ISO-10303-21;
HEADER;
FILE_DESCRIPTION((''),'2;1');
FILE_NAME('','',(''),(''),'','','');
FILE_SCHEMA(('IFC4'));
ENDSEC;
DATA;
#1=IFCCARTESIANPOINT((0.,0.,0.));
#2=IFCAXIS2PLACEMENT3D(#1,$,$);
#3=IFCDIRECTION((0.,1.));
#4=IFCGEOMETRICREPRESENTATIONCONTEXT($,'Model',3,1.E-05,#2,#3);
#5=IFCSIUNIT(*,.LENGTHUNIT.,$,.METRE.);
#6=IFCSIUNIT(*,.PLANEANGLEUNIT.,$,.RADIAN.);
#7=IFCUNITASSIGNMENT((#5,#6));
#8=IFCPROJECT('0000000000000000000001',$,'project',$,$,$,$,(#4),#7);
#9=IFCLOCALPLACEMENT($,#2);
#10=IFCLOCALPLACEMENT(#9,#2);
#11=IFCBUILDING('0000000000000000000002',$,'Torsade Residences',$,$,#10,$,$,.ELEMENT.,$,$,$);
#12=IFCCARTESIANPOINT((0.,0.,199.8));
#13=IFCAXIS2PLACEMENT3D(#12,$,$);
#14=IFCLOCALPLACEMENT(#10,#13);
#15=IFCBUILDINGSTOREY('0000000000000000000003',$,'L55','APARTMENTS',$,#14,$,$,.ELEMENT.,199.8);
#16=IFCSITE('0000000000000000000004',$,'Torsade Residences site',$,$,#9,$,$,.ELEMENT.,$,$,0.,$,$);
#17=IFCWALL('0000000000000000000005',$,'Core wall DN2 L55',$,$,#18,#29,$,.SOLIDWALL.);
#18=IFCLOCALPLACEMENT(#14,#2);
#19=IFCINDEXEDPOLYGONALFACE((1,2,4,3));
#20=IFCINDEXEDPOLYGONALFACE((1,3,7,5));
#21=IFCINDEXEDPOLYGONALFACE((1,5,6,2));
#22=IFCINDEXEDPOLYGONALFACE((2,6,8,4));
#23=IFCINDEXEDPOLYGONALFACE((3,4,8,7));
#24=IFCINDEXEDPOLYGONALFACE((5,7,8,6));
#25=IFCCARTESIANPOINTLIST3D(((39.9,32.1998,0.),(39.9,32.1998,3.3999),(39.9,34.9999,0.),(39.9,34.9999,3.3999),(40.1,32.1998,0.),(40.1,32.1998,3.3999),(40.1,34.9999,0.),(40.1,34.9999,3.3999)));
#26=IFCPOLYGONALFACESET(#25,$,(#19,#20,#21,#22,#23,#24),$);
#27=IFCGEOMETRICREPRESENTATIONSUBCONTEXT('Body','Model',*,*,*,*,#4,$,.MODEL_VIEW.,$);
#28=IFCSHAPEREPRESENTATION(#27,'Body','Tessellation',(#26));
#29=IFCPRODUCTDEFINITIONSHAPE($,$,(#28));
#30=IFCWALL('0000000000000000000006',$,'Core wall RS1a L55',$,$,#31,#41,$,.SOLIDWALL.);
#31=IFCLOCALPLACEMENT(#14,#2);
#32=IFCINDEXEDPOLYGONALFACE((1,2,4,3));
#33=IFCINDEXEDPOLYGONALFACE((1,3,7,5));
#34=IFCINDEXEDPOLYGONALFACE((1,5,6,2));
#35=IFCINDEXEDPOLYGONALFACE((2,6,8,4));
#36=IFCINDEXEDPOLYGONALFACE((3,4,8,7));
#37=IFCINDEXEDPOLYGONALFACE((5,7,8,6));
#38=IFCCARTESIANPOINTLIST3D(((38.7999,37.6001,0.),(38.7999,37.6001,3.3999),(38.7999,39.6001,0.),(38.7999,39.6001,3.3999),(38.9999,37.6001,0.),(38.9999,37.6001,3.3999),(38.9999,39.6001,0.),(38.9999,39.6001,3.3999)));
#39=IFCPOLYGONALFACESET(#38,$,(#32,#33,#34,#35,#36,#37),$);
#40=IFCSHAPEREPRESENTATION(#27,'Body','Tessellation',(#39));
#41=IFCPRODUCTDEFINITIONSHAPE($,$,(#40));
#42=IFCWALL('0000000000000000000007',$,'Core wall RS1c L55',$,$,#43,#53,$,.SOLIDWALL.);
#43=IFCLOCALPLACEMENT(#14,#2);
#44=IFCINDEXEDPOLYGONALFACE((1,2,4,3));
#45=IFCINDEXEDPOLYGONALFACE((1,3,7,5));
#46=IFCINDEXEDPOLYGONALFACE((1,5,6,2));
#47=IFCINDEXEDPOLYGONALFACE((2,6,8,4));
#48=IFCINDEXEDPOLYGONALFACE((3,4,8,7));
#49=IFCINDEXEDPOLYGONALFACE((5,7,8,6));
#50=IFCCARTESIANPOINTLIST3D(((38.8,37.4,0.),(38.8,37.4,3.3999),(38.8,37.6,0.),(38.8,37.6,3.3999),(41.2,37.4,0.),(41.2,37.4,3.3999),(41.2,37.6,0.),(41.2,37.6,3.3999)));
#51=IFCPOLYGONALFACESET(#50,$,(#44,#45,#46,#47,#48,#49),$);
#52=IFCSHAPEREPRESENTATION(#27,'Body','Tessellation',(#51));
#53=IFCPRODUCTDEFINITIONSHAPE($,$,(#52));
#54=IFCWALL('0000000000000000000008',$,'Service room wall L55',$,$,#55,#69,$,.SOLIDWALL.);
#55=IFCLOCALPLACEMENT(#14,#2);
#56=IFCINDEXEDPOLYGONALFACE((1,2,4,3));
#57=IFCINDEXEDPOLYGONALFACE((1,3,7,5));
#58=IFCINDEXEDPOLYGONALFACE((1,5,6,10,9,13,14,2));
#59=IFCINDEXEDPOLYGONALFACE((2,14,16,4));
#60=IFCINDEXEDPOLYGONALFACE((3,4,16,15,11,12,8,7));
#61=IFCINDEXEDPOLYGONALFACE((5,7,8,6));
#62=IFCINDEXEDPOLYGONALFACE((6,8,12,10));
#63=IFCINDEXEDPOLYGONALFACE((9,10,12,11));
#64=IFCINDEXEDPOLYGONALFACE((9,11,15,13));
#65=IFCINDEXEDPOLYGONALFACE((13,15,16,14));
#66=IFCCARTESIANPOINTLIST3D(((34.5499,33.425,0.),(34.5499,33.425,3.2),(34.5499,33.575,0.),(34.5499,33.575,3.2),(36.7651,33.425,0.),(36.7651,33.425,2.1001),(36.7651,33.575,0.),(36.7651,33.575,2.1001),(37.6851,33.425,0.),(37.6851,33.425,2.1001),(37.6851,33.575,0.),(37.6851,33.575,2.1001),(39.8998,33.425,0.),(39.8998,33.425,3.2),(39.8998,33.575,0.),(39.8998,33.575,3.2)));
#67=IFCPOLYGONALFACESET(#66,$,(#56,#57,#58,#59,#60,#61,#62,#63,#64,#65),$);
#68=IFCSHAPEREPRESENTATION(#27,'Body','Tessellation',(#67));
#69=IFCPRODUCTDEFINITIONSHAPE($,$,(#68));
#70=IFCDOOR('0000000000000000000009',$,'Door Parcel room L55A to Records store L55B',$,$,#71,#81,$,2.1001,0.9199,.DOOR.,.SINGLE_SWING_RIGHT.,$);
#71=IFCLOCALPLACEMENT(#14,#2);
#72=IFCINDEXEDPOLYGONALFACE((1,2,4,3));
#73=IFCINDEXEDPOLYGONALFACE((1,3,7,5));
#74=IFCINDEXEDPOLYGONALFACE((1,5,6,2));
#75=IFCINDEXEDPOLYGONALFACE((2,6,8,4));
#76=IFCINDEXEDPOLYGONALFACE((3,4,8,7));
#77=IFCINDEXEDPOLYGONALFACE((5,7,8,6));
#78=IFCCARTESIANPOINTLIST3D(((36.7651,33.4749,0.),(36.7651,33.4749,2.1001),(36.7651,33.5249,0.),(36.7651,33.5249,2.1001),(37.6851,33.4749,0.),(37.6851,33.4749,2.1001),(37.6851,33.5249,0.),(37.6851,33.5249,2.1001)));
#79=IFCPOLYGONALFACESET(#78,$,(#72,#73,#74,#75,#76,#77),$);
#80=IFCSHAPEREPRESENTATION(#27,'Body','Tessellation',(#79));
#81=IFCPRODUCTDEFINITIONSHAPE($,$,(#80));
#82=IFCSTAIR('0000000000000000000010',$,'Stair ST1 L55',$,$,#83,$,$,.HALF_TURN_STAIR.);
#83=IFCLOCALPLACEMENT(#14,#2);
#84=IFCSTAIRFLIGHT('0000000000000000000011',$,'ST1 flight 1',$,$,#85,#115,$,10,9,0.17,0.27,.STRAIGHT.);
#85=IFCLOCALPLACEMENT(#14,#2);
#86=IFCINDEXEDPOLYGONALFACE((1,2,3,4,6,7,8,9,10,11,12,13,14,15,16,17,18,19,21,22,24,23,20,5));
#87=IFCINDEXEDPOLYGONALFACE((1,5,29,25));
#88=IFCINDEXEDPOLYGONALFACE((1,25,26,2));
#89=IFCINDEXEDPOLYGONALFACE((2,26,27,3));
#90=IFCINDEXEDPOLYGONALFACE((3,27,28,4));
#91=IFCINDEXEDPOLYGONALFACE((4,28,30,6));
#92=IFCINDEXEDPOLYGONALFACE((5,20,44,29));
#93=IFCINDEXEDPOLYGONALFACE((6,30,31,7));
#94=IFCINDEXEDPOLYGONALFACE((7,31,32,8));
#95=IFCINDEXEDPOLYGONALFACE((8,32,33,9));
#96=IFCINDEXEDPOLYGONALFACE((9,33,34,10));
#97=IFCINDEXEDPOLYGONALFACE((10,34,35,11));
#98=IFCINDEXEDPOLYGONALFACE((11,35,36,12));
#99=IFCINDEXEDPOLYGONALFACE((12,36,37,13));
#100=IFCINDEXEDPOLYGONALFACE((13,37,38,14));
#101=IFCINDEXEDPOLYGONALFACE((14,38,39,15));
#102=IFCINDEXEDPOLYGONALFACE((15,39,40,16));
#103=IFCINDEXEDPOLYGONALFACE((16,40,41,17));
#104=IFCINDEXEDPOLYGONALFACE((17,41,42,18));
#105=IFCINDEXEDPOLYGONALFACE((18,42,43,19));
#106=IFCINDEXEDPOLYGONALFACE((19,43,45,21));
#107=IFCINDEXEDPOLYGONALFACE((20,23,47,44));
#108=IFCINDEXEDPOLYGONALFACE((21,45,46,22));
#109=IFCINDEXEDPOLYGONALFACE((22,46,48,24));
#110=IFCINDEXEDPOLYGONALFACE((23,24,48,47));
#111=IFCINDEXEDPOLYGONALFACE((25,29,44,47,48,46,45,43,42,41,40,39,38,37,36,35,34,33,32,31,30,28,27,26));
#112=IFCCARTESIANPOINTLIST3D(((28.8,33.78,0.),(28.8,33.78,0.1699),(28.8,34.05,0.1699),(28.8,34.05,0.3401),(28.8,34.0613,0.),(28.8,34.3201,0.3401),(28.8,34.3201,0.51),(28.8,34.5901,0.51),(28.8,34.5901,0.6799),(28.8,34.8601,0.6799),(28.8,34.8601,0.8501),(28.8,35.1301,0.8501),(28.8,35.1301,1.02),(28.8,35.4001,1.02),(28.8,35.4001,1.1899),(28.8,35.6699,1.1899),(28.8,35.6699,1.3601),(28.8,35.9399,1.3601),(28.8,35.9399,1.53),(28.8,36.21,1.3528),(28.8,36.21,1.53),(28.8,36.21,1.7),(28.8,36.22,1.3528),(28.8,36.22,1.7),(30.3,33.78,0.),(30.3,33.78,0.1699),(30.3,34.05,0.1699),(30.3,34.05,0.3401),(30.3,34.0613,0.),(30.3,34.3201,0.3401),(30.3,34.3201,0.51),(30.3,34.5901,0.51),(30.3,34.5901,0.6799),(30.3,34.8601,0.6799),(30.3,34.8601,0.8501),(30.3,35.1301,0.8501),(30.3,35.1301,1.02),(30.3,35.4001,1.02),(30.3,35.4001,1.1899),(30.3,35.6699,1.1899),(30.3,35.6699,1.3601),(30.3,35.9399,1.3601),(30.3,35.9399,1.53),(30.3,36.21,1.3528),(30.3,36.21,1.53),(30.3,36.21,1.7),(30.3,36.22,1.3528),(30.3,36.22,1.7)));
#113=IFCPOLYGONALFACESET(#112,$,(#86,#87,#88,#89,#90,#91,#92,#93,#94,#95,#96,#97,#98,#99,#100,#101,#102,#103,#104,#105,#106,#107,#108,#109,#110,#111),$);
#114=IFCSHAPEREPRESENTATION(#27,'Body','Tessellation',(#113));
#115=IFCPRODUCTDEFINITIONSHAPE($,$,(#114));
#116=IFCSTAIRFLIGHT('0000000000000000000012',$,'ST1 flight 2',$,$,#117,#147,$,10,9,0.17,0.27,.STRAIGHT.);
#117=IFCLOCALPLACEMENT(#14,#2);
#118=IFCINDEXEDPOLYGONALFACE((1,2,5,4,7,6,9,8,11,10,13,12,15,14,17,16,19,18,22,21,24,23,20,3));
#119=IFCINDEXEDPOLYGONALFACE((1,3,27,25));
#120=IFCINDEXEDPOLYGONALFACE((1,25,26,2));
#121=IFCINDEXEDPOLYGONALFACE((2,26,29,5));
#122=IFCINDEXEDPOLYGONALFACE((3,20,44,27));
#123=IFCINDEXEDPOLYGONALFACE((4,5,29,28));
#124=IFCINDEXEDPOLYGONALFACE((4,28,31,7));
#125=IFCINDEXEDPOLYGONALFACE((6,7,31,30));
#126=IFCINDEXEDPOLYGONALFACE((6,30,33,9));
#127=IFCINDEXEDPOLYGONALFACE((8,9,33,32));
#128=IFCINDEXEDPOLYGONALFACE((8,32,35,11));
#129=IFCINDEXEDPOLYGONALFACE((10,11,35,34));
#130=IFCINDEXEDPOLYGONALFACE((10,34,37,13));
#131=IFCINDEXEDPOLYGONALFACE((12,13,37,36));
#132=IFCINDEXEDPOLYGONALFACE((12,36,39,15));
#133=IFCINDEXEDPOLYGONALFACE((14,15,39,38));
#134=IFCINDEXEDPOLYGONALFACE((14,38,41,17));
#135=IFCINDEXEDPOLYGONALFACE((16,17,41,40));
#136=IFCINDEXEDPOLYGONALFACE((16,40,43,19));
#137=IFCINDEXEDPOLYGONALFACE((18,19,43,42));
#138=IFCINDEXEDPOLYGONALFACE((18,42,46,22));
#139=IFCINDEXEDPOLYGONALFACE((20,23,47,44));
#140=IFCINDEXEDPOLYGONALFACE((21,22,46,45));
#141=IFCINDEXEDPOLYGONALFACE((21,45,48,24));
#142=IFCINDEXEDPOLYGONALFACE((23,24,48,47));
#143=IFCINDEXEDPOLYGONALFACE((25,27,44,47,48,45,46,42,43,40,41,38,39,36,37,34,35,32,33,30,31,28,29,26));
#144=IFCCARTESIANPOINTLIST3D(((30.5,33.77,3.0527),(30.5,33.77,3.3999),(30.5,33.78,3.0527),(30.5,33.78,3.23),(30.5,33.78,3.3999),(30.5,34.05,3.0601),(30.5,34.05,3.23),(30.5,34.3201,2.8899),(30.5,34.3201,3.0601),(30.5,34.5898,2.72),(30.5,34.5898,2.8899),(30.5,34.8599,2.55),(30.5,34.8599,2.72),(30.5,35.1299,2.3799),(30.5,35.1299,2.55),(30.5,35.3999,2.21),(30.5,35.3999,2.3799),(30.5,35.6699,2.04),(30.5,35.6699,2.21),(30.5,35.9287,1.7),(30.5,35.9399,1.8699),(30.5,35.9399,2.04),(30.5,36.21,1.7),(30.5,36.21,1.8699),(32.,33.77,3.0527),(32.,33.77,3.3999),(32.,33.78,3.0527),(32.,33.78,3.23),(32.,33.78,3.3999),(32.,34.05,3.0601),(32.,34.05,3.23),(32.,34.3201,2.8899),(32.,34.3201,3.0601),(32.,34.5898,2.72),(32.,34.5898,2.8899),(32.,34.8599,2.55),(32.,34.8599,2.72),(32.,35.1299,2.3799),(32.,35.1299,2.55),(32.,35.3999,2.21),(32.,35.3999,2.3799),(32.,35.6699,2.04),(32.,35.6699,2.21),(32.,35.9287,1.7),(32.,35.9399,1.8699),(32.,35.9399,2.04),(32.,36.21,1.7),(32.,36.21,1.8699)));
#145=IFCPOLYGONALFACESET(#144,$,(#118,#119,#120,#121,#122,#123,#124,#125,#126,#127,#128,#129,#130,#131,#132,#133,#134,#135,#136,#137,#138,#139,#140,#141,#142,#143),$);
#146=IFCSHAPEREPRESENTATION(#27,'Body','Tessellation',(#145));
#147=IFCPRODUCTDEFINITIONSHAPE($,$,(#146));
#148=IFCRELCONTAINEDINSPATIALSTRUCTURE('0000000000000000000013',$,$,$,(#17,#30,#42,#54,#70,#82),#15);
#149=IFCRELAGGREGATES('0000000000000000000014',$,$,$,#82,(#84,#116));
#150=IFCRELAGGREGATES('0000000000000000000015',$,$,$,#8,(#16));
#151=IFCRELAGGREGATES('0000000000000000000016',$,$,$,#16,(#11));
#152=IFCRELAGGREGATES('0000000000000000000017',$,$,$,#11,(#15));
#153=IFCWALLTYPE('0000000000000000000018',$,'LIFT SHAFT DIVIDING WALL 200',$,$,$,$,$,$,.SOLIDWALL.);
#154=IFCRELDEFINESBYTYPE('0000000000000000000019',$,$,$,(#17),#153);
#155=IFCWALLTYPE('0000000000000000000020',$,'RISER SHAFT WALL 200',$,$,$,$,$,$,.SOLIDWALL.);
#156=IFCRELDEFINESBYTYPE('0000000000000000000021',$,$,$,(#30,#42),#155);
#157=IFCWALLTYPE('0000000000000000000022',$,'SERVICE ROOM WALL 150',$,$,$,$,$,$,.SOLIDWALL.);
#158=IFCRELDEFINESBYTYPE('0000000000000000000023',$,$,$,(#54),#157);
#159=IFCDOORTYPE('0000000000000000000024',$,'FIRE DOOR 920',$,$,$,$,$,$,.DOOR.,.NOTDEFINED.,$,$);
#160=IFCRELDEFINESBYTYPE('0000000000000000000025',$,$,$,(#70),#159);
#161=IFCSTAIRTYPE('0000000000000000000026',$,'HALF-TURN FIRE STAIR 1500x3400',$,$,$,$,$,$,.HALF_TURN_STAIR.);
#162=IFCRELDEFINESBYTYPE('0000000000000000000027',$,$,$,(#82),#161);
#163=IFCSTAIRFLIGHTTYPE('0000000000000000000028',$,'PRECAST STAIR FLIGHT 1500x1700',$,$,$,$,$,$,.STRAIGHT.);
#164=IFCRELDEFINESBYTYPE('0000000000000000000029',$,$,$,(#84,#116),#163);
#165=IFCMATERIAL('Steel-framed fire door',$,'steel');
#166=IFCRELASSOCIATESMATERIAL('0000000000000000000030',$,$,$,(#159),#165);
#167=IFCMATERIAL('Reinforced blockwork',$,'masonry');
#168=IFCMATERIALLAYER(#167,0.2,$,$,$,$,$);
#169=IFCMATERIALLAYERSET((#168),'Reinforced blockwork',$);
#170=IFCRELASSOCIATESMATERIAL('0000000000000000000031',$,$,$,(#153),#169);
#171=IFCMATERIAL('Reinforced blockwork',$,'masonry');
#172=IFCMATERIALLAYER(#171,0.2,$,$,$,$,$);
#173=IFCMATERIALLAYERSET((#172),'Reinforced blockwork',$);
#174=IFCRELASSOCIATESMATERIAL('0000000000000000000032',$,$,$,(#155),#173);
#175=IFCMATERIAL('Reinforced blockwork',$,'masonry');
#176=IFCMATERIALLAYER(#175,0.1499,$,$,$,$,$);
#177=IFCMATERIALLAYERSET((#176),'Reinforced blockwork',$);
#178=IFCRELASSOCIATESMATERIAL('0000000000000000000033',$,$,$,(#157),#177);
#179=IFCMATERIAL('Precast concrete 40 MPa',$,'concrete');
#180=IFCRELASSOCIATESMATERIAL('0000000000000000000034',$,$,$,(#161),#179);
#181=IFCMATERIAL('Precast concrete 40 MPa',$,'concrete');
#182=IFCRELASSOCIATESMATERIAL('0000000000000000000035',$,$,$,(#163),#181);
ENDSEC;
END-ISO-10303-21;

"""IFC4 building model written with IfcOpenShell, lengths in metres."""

from ifc_helpers import new_model, si_unit, direction, frame, frame_2d, origin, place, context, subcontext, project, spatial, polyline, rectangle, outline, extrude, material, layer, layer_set, type_object, element, fill, aggregate, save


model = new_model("IFC4")

# Units and contexts
model_context = context("Model", 3, precision=1e-05, world=origin(), true_north=direction((0.0, 1.0)))
body_context = subcontext(model_context, "Body", "Model", "MODEL_VIEW")
ifc_project = project(units=[si_unit("LENGTHUNIT", "METRE"), si_unit("PLANEANGLEUNIT", "RADIAN")], contexts=[model_context])

# Site, building, storey
site_placement = place(None, origin())
site = spatial("IfcSite", under=ifc_project, at=site_placement, Name="Torsade Residences site", CompositionType="ELEMENT", RefElevation=0.0)
building_placement = place(site_placement, origin())
building = spatial("IfcBuilding", under=site, at=building_placement, Name="Torsade Residences", CompositionType="ELEMENT")
storey_placement = place(building_placement, frame((0.0, 0.0, 199.8)))
storey = spatial("IfcBuildingStorey", under=building, at=storey_placement, Name="L55", Description="APARTMENTS", CompositionType="ELEMENT", Elevation=199.8)

# Shared definitions
ifc_material_1 = material(Name="Steel-framed fire door", Category="steel")
door_type_1 = type_object("IfcDoorType", Name="FIRE DOOR 920", OperationType="NOTDEFINED", PredefinedType="DOOR", material=ifc_material_1)

# Walls
ifc_material_2 = material(Name="Reinforced blockwork", Category="masonry")
ifc_layer_1 = layer(ifc_material_2, 0.2)
ifc_layer_set_1 = layer_set([ifc_layer_1], Name="Reinforced blockwork")
wall_type_1 = type_object("IfcWallType", Name="LIFT SHAFT DIVIDING WALL 200", PredefinedType="SOLIDWALL", material=ifc_layer_set_1)
wall_1_placement = place(storey_placement, frame((40.0, 32.2, 0.0), z_axis=(0.0, 0.0, 1.0), x_axis=(0.0, 1.0, 0.0)))
element("IfcWall", 1, at=wall_1_placement, inside=storey, type_object=wall_type_1, Name="Core wall DN2 L55", PredefinedType="SOLIDWALL", context=body_context, shape_type="SweptSolid", body=[
    extrude(rectangle(XDim=2.8, YDim=0.2, at=frame_2d((1.3999, 0.0))), origin(), (0.0, 0.0, 1.0), 3.3999),
])
ifc_material_3 = material(Name="Reinforced blockwork", Category="masonry")
ifc_layer_2 = layer(ifc_material_3, 0.2)
ifc_layer_set_2 = layer_set([ifc_layer_2], Name="Reinforced blockwork")
wall_type_2 = type_object("IfcWallType", Name="RISER SHAFT WALL 200", PredefinedType="SOLIDWALL", material=ifc_layer_set_2)
wall_2_placement = place(storey_placement, frame((38.8999, 37.6001, 0.0), z_axis=(0.0, 0.0, 1.0), x_axis=(0.0, 1.0, 0.0)))
element("IfcWall", 2, at=wall_2_placement, inside=storey, type_object=wall_type_2, Name="Core wall RS1a L55", PredefinedType="SOLIDWALL", context=body_context, shape_type="SweptSolid", body=[
    extrude(rectangle(XDim=2.0, YDim=0.2, at=frame_2d((1.0, 0.0))), origin(), (0.0, 0.0, 1.0), 3.3999),
])
wall_3_placement = place(storey_placement, frame((38.8, 37.5, 0.0), z_axis=(0.0, 0.0, 1.0), x_axis=(1.0, 0.0, 0.0)))
element("IfcWall", 3, at=wall_3_placement, inside=storey, type_object=wall_type_2, Name="Core wall RS1c L55", PredefinedType="SOLIDWALL", context=body_context, shape_type="SweptSolid", body=[
    extrude(rectangle(XDim=2.3999, YDim=0.2, at=frame_2d((1.2, 0.0))), origin(), (0.0, 0.0, 1.0), 3.3999),
])

# Wall, opening, door
ifc_material_4 = material(Name="Reinforced blockwork", Category="masonry")
ifc_layer_3 = layer(ifc_material_4, 0.1499)
ifc_layer_set_3 = layer_set([ifc_layer_3], Name="Reinforced blockwork")
wall_type_3 = type_object("IfcWallType", Name="SERVICE ROOM WALL 150", PredefinedType="SOLIDWALL", material=ifc_layer_set_3)
wall_4_placement = place(storey_placement, frame((34.55, 33.5, 0.0), z_axis=(0.0, 0.0, 1.0), x_axis=(1.0, 0.0, 0.0)))
wall_4 = element("IfcWall", 4, at=wall_4_placement, inside=storey, type_object=wall_type_3, Name="Service room wall L55", PredefinedType="SOLIDWALL", context=body_context, shape_type="SweptSolid", body=[
    extrude(rectangle(XDim=5.3499, YDim=0.1499, at=frame_2d((2.6748, 0.0))), origin(), (0.0, 0.0, 1.0), 3.2),
])
opening_1_placement = place(wall_4_placement, frame((2.2151, 0.0, 0.0)))
opening_1 = element("IfcOpeningElement", 5, at=opening_1_placement, cuts=wall_4, PredefinedType="OPENING", context=body_context, shape_type="SweptSolid", body=[
    extrude(rectangle(XDim=0.9199, YDim=2.1001, at=frame_2d((0.46, 1.05))), frame((0.0, 0.085, 0.0), z_axis=(0.0, -1.0, 0.0), x_axis=(1.0, 0.0, 0.0)), (0.0, 0.0, 1.0), 0.1699),
])
door_1_placement = place(opening_1_placement, origin())
door_1 = element("IfcDoor", 6, at=door_1_placement, inside=storey, type_object=door_type_1, Name="Door Parcel room L55A to Records store L55B", OperationType="SINGLE_SWING_RIGHT", OverallHeight=2.1001, OverallWidth=0.9199, PredefinedType="DOOR", context=body_context, shape_type="SweptSolid", body=[
    extrude(rectangle(XDim=0.9199, YDim=2.1001, at=frame_2d((0.46, 1.05))), frame((0.0, 0.0249, 0.0), z_axis=(0.0, -1.0, 0.0), x_axis=(1.0, 0.0, 0.0)), (0.0, 0.0, 1.0), 0.05),
])
fill(opening_1, door_1)

# Stair, stair flights
ifc_material_5 = material(Name="Precast concrete 40 MPa", Category="concrete")
stair_type = type_object("IfcStairType", Name="HALF-TURN FIRE STAIR 1500x3400", PredefinedType="HALF_TURN_STAIR", material=ifc_material_5)
stair_placement = place(storey_placement, origin())
stair = element("IfcStair", 7, at=stair_placement, inside=storey, type_object=stair_type, Name="Stair ST1 L55", PredefinedType="HALF_TURN_STAIR")
ifc_material_6 = material(Name="Precast concrete 40 MPa", Category="concrete")
stair_flight_type = type_object("IfcStairFlightType", Name="PRECAST STAIR FLIGHT 1500x1700", PredefinedType="STRAIGHT", material=ifc_material_6)
stair_flight_1_placement = place(storey_placement, frame((29.55, 33.78, 0.0), z_axis=(0.0, 0.0, 1.0), x_axis=(0.0, 1.0, 0.0)))
stair_flight_1 = element("IfcStairFlight", 8, at=stair_flight_1_placement, type_object=stair_flight_type, Name="ST1 flight 1", NumberOfRisers=10, NumberOfTreads=9, PredefinedType="STRAIGHT", RiserHeight=0.17, TreadLength=0.27, context=body_context, shape_type="SweptSolid", body=[
    extrude(outline(polyline([(0.0, 0.0), (0.0, 0.1699), (0.27, 0.1699), (0.27, 0.3401), (0.54, 0.3401), (0.54, 0.51), (0.8101, 0.51), (0.8101, 0.6799), (1.0801, 0.6799), (1.0801, 0.8501), (1.3501, 0.8501), (1.3501, 1.02), (1.6201, 1.02), (1.6201, 1.1899), (1.8899, 1.1899), (1.8899, 1.3601), (2.1599, 1.3601), (2.1599, 1.53), (2.4299, 1.53), (2.4299, 1.7), (2.4399, 1.7), (2.4399, 1.3528), (2.4299, 1.3528), (0.2812, 0.0), (0.0, 0.0)])), frame((0.0, 0.75, 0.0), z_axis=(0.0, -1.0, 0.0), x_axis=(1.0, 0.0, 0.0)), (0.0, 0.0, 1.0), 1.5),
])
stair_flight_2_placement = place(storey_placement, frame((31.25, 36.21, 1.7), z_axis=(0.0, 0.0, 1.0), x_axis=(0.0, -1.0, 0.0)))
stair_flight_2 = element("IfcStairFlight", 9, at=stair_flight_2_placement, type_object=stair_flight_type, Name="ST1 flight 2", NumberOfRisers=10, NumberOfTreads=9, PredefinedType="STRAIGHT", RiserHeight=0.17, TreadLength=0.27, context=body_context, shape_type="SweptSolid", body=[
    extrude(outline(polyline([(0.0, 0.0), (0.0, 0.1699), (0.27, 0.1699), (0.27, 0.3401), (0.54, 0.3401), (0.54, 0.51), (0.8101, 0.51), (0.8101, 0.6799), (1.0801, 0.6799), (1.0801, 0.8501), (1.3501, 0.8501), (1.3501, 1.02), (1.6201, 1.02), (1.6201, 1.1899), (1.8899, 1.1899), (1.8899, 1.3601), (2.1599, 1.3601), (2.1599, 1.53), (2.4299, 1.53), (2.4299, 1.7), (2.4399, 1.7), (2.4399, 1.3528), (2.4299, 1.3528), (0.2812, 0.0), (0.0, 0.0)])), frame((0.0, 0.75, 0.0), z_axis=(0.0, -1.0, 0.0), x_axis=(1.0, 0.0, 0.0)), (0.0, 0.0, 1.0), 1.5),
])
aggregate(stair, [stair_flight_1, stair_flight_2])

save(model, "model.ifc")
